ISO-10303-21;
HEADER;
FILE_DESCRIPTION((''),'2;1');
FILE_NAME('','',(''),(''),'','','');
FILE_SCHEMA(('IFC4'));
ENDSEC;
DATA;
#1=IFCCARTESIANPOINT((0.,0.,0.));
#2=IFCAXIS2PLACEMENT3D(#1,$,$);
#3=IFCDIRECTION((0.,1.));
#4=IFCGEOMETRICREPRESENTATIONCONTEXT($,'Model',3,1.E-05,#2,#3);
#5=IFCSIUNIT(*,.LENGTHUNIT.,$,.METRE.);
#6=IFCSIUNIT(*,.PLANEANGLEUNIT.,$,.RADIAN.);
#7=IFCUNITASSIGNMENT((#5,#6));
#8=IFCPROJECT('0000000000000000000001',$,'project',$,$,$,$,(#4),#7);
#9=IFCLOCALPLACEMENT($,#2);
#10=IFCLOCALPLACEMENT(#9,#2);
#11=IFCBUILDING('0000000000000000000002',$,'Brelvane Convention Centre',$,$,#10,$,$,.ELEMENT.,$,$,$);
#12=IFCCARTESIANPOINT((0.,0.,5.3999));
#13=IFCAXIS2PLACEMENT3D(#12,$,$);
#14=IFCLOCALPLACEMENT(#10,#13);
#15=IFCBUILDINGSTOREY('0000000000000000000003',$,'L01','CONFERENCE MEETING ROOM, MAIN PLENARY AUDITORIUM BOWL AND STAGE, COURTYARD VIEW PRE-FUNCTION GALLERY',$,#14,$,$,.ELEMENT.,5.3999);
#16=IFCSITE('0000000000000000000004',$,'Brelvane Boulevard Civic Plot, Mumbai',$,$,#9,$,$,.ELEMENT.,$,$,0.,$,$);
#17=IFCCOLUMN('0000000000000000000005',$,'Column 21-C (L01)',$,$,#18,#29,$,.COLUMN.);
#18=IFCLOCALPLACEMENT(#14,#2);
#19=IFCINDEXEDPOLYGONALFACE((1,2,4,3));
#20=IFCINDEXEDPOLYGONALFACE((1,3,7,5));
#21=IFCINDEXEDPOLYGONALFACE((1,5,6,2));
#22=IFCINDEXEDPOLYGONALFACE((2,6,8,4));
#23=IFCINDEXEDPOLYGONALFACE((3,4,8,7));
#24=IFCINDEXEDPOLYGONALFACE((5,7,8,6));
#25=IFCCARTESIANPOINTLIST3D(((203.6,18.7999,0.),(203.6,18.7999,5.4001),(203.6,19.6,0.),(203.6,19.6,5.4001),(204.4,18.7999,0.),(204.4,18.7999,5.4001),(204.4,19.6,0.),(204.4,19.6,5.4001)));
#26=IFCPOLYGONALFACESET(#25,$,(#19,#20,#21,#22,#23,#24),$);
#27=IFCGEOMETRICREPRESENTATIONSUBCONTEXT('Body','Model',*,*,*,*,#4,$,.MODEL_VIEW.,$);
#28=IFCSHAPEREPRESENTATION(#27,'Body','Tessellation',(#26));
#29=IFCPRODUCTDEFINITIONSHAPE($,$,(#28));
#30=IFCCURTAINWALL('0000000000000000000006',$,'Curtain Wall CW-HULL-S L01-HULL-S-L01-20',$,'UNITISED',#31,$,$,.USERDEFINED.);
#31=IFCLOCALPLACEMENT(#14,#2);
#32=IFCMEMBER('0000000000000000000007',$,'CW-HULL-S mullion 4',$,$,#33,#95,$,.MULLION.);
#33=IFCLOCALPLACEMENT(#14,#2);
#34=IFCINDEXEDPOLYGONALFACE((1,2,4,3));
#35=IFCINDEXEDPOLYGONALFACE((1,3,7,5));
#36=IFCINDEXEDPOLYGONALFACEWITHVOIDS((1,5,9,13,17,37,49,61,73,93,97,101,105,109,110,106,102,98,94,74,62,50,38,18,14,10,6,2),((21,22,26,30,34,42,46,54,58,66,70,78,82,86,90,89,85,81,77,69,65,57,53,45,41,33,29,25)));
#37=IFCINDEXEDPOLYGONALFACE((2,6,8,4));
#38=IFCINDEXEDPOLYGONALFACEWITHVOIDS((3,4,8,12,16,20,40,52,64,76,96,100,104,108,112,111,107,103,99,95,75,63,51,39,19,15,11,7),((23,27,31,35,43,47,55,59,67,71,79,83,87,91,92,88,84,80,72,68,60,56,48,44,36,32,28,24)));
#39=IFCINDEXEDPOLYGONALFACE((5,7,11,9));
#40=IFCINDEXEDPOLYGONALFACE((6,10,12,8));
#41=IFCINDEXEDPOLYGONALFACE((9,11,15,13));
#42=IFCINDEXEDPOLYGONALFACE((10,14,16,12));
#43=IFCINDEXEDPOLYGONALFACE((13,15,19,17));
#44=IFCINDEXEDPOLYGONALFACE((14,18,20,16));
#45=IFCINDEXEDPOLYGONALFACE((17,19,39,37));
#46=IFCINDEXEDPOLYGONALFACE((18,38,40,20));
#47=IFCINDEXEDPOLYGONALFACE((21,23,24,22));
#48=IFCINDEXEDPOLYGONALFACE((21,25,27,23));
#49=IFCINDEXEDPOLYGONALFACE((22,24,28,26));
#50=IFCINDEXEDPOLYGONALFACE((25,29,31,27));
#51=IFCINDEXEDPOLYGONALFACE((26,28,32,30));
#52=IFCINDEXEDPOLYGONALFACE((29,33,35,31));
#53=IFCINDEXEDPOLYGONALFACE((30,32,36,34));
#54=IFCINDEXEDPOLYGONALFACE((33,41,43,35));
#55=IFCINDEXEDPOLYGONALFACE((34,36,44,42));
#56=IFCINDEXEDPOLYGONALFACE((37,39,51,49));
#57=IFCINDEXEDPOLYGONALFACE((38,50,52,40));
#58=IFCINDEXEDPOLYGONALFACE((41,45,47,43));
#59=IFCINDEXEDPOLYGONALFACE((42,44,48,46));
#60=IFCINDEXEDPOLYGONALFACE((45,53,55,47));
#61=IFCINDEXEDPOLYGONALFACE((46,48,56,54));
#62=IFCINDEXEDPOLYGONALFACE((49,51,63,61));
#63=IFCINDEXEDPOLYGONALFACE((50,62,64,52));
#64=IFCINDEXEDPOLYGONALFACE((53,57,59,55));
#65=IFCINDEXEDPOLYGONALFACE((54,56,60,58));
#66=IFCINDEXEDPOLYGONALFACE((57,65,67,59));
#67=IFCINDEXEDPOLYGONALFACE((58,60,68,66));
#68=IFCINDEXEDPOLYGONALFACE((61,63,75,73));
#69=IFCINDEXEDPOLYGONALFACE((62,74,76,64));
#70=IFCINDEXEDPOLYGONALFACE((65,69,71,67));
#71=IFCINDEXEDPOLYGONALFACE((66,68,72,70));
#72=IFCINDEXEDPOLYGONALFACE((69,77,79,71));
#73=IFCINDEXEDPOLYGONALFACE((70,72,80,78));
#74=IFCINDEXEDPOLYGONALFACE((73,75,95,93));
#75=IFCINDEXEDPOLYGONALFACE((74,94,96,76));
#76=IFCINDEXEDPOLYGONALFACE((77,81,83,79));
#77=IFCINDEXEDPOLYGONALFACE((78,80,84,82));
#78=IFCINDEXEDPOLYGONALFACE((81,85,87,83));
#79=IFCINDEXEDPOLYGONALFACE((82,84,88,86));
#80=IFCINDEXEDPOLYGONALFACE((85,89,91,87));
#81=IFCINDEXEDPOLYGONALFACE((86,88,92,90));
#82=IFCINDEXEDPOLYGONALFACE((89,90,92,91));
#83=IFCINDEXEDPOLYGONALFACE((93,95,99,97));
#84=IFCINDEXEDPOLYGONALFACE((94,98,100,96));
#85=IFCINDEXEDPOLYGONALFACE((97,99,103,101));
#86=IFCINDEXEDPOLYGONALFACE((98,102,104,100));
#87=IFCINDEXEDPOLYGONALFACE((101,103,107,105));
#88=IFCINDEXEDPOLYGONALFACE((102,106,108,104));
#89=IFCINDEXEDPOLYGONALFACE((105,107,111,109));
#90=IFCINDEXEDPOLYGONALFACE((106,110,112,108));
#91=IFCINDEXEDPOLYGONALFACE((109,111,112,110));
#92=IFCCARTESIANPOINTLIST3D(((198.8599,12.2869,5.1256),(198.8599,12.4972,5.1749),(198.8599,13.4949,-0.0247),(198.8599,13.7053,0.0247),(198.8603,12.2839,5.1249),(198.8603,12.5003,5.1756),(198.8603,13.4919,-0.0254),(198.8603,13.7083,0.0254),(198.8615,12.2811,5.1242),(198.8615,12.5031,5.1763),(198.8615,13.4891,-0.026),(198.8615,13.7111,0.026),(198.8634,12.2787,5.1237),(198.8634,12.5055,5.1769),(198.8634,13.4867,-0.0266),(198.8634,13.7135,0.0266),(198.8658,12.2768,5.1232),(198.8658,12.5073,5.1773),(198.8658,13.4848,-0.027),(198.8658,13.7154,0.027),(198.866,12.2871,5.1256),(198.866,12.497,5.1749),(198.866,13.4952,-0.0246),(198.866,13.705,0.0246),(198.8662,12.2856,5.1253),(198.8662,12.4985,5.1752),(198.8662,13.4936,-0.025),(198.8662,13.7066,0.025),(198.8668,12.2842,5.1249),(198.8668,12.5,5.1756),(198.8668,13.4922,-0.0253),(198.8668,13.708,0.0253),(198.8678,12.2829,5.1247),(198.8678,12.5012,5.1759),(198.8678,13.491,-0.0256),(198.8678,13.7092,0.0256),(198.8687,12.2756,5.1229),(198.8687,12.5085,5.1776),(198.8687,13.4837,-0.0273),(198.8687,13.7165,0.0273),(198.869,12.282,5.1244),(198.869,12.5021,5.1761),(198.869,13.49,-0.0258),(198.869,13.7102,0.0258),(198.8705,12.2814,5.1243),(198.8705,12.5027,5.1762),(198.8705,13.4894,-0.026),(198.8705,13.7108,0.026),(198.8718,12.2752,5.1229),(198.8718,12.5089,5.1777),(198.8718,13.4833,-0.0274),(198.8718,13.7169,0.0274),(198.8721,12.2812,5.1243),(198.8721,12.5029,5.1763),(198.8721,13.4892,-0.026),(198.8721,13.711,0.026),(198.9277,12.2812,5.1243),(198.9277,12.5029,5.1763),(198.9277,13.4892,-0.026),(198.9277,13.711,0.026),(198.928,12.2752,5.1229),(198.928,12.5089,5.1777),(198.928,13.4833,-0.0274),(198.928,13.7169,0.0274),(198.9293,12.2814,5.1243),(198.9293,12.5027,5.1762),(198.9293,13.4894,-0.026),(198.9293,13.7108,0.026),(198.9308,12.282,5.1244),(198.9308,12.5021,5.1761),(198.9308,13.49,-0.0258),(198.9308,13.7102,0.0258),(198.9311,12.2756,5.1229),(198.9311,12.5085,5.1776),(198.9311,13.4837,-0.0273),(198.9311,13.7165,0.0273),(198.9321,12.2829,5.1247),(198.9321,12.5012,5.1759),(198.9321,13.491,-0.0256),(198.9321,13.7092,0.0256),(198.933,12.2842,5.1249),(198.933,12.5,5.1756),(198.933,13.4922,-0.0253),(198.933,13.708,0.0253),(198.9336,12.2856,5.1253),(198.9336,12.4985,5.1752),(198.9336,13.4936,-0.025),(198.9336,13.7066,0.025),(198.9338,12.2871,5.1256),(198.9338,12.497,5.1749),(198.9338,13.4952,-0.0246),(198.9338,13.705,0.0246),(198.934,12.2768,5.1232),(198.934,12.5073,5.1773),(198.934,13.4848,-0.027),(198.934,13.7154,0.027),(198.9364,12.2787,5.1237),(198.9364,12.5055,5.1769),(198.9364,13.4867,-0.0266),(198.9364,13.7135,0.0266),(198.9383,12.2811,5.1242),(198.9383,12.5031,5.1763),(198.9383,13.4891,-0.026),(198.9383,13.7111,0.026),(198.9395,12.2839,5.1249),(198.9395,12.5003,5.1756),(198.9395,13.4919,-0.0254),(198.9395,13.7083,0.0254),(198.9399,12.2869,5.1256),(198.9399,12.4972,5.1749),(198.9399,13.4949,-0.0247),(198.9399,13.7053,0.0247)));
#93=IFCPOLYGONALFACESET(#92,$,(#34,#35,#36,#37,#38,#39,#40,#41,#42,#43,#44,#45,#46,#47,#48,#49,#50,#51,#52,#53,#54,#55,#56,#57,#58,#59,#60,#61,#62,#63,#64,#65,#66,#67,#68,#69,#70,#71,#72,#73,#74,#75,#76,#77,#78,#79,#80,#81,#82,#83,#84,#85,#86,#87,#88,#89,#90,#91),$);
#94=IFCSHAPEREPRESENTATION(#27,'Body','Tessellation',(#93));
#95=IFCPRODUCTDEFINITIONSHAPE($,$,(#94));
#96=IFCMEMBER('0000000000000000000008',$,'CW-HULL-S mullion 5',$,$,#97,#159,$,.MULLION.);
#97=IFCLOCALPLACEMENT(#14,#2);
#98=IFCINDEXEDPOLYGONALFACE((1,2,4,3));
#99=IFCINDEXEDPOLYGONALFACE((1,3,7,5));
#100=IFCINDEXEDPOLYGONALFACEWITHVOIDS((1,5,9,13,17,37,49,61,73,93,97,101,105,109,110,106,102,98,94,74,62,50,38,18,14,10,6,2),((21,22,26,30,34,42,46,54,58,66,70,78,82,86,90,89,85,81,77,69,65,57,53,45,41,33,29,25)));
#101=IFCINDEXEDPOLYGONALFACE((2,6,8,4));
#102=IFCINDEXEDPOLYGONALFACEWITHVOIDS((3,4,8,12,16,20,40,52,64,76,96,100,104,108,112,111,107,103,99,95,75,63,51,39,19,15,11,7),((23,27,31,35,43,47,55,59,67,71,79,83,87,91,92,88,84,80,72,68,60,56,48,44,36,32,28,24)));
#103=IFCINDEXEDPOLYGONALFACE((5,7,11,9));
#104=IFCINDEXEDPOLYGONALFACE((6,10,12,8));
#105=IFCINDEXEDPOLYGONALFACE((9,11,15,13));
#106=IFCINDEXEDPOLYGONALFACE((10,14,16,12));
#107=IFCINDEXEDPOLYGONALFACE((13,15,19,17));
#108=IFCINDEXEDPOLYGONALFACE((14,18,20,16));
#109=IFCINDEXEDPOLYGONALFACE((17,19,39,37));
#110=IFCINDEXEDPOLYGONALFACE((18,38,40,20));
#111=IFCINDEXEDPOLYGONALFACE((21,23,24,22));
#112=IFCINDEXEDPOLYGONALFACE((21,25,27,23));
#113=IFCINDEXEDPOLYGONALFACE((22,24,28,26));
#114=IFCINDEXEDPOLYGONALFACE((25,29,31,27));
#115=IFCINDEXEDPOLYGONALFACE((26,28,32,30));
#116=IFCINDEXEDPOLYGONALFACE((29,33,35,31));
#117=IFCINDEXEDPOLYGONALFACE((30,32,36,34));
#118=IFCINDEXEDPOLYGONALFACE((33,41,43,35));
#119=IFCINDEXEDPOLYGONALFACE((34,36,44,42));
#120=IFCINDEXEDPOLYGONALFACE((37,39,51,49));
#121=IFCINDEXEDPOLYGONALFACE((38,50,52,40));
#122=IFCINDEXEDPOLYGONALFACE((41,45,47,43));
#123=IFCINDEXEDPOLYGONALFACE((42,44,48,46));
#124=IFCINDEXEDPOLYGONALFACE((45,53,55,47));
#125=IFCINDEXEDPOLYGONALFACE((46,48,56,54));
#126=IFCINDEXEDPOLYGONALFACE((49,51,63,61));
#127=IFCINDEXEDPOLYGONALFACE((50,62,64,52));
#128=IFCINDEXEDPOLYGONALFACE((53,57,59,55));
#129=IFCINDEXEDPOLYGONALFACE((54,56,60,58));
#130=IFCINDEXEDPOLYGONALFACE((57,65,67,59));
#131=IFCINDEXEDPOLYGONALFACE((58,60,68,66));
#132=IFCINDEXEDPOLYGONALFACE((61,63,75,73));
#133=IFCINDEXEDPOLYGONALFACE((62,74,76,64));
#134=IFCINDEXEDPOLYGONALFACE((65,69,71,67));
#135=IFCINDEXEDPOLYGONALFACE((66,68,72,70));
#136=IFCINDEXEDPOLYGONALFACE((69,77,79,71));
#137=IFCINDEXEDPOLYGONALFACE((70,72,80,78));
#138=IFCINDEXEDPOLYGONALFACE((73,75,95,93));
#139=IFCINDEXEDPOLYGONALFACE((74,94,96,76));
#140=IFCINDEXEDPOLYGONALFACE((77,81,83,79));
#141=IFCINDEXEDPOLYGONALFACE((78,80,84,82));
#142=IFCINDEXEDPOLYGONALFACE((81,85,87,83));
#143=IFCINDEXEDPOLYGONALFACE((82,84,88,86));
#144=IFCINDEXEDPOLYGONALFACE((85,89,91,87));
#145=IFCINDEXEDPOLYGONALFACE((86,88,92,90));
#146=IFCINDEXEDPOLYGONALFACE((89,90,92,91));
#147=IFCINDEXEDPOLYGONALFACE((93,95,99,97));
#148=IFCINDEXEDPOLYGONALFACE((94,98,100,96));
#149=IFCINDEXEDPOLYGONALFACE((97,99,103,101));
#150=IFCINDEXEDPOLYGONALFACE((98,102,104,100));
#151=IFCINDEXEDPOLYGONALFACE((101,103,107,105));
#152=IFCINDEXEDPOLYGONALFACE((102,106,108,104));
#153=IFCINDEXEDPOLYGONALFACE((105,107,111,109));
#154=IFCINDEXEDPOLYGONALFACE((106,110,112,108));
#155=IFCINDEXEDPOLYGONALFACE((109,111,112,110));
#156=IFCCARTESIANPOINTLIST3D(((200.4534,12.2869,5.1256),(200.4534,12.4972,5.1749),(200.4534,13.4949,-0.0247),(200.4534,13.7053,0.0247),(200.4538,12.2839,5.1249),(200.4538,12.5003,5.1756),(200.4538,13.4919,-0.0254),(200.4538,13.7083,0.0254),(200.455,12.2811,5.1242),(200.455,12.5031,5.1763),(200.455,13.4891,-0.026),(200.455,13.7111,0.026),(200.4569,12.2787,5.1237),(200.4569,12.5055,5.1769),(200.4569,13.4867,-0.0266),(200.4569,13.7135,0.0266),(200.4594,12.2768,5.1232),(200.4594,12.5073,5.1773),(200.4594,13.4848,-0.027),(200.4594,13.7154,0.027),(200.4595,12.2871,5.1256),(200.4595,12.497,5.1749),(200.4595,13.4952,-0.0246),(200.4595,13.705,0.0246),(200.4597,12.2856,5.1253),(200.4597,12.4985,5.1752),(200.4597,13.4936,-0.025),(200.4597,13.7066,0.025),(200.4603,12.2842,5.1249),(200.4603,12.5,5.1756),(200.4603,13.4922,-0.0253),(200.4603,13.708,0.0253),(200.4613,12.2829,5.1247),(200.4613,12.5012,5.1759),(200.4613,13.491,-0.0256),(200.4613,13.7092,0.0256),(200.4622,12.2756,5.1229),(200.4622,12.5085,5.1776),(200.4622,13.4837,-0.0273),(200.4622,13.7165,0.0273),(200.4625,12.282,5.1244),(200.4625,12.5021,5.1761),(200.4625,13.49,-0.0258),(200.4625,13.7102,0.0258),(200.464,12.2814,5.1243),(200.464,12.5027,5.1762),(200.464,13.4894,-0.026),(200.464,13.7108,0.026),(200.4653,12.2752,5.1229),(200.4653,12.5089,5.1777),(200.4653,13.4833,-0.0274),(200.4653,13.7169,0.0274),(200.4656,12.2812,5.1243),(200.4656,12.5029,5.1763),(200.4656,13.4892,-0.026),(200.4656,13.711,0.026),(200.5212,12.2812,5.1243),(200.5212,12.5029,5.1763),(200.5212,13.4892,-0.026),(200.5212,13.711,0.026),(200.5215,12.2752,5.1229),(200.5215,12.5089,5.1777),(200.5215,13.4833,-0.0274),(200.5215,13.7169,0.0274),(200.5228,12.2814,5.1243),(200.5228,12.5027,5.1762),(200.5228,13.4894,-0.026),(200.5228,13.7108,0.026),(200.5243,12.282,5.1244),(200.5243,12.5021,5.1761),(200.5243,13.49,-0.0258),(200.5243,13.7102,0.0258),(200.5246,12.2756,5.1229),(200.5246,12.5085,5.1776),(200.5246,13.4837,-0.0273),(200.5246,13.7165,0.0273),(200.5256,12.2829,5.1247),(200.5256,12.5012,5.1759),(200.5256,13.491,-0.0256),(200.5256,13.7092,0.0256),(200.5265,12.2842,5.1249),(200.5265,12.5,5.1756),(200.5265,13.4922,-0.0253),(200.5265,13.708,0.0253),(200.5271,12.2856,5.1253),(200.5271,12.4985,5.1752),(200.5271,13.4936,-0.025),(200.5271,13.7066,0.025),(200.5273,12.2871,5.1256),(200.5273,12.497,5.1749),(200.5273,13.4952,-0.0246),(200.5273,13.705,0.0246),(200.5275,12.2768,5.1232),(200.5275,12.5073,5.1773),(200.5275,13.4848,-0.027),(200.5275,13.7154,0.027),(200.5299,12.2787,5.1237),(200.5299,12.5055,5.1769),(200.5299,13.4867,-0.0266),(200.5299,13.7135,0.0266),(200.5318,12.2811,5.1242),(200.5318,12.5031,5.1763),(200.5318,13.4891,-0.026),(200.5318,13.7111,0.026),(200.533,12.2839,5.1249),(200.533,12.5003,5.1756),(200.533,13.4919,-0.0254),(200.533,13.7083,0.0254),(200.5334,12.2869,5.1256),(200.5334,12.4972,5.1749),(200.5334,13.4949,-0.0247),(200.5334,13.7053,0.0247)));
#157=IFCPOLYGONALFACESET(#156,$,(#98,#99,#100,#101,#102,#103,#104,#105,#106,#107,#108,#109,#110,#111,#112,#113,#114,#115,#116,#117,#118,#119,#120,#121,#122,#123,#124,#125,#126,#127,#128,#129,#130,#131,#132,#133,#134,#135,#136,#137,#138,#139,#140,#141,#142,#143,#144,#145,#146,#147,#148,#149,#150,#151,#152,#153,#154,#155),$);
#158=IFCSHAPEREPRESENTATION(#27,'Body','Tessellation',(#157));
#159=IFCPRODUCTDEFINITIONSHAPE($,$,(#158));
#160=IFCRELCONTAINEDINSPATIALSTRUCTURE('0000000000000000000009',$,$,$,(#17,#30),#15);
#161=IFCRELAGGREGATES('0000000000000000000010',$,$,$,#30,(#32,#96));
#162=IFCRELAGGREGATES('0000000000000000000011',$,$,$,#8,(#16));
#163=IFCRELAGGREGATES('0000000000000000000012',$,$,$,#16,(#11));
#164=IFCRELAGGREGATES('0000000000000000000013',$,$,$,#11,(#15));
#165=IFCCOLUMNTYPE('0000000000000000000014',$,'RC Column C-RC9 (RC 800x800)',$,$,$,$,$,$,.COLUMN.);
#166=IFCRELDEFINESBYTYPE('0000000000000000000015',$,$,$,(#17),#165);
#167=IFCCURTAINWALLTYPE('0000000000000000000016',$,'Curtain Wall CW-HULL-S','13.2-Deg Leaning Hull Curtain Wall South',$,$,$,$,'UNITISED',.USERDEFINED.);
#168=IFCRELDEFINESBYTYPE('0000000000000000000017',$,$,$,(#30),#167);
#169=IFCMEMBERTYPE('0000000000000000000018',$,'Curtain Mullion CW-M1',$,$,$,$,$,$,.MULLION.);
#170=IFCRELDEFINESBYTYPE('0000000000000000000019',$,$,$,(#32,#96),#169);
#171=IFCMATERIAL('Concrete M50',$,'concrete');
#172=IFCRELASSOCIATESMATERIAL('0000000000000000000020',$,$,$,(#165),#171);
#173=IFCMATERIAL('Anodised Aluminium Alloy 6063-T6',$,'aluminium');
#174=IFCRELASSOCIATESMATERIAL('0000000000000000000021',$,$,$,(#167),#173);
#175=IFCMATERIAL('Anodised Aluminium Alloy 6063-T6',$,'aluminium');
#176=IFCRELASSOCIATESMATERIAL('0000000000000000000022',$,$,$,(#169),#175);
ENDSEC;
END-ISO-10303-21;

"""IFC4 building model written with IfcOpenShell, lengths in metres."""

from ifc_helpers import new_model, si_unit, direction, frame, origin, origin_2d, place, context, subcontext, project, spatial, rectangle, hollow_rectangle, extrude, material, material_profile, profile_set, type_object, element, aggregate, save


model = new_model("IFC4")

# Units and contexts
model_context = context("Model", 3, precision=1e-05, world=origin(), true_north=direction((0.0, 1.0)))
body_context = subcontext(model_context, "Body", "Model", "MODEL_VIEW")
ifc_project = project(units=[si_unit("LENGTHUNIT", "METRE"), si_unit("PLANEANGLEUNIT", "RADIAN")], contexts=[model_context])

# Site, building, storey
site_placement = place(None, origin())
site = spatial("IfcSite", under=ifc_project, at=site_placement, Name="Brelvane Boulevard Civic Plot, Mumbai", CompositionType="ELEMENT", RefElevation=0.0)
building_placement = place(site_placement, origin())
building = spatial("IfcBuilding", under=site, at=building_placement, Name="Brelvane Convention Centre", CompositionType="ELEMENT")
storey_placement = place(building_placement, frame((0.0, 0.0, 5.3999)))
storey = spatial("IfcBuildingStorey", under=building, at=storey_placement, Name="L01", Description="CONFERENCE MEETING ROOM, MAIN PLENARY AUDITORIUM BOWL AND STAGE, COURTYARD VIEW PRE-FUNCTION GALLERY", CompositionType="ELEMENT", Elevation=5.3999)

# Column
ifc_material_1 = material(Name="Concrete M50", Category="concrete")
ifc_material_profile_1 = material_profile(ifc_material_1, rectangle(XDim=0.8, YDim=0.8, at=origin_2d()), Name="RC 800x800")
ifc_profile_set_1 = profile_set([ifc_material_profile_1], Name="Concrete M50")
column_type = type_object("IfcColumnType", Name="RC Column C-RC9 (RC 800x800)", PredefinedType="COLUMN", material=ifc_profile_set_1)
column_placement = place(storey_placement, frame((204.0, 19.2, 0.0), z_axis=(0.0, 0.0, 1.0), x_axis=(1.0, 0.0, 0.0)))
element("IfcColumn", 1, at=column_placement, inside=storey, type_object=column_type, Name="Column 21-C (L01)", PredefinedType="COLUMN", context=body_context, shape_type="SweptSolid", body=[
    extrude(rectangle(XDim=0.8, YDim=0.8, at=origin_2d()), origin(), (0.0, 0.0, 1.0), 5.4001),
])

# Curtain wall, members
ifc_material_2 = material(Name="Anodised Aluminium Alloy 6063-T6", Category="aluminium")
curtain_wall_type = type_object("IfcCurtainWallType", Name="Curtain Wall CW-HULL-S", Description="13.2-Deg Leaning Hull Curtain Wall South", ElementType="UNITISED", PredefinedType="USERDEFINED", material=ifc_material_2)
curtain_wall_1_placement = place(storey_placement, origin())
curtain_wall_1 = element("IfcCurtainWall", 2, at=curtain_wall_1_placement, inside=storey, type_object=curtain_wall_type, Name="Curtain Wall CW-HULL-S L01-HULL-S-L01-20", ObjectType="UNITISED", PredefinedType="USERDEFINED")
ifc_material_3 = material(Name="Anodised Aluminium Alloy 6063-T6", Category="aluminium")
ifc_material_profile_2 = material_profile(ifc_material_3, hollow_rectangle(XDim=0.0801, YDim=0.24, WallThickness=0.0061, InnerFilletRadius=0.0061, OuterFilletRadius=0.012, at=origin_2d()), Name="ALU-M 240x80x6.0")
ifc_profile_set_2 = profile_set([ifc_material_profile_2], Name="Anodised Aluminium Alloy 6063-T6")
member_type_1 = type_object("IfcMemberType", Name="Curtain Mullion CW-M1", PredefinedType="MULLION", material=ifc_profile_set_2)
member_1_placement = place(storey_placement, frame((198.8999, 13.6001, 0.0), z_axis=(0.0, -0.22836, 0.973577), x_axis=(1.0, 0.0, 0.0)))
member_1 = element("IfcMember", 3, at=member_1_placement, type_object=member_type_1, Name="CW-HULL-S mullion 4", PredefinedType="MULLION", context=body_context, shape_type="SweptSolid", body=[
    extrude(hollow_rectangle(XDim=0.0801, YDim=0.24, WallThickness=0.0061, InnerFilletRadius=0.0061, OuterFilletRadius=0.012, at=origin_2d()), origin(), (0.0, 0.0, 1.0), 5.29),
])
member_2_placement = place(storey_placement, frame((200.4934, 13.6001, 0.0), z_axis=(0.0, -0.22836, 0.973577), x_axis=(1.0, 0.0, 0.0)))
member_2 = element("IfcMember", 4, at=member_2_placement, type_object=member_type_1, Name="CW-HULL-S mullion 5", PredefinedType="MULLION", context=body_context, shape_type="SweptSolid", body=[
    extrude(hollow_rectangle(XDim=0.0801, YDim=0.24, WallThickness=0.0061, InnerFilletRadius=0.0061, OuterFilletRadius=0.012, at=origin_2d()), origin(), (0.0, 0.0, 1.0), 5.29),
])

aggregate(curtain_wall_1, [member_1, member_2])

save(model, "model.ifc")
